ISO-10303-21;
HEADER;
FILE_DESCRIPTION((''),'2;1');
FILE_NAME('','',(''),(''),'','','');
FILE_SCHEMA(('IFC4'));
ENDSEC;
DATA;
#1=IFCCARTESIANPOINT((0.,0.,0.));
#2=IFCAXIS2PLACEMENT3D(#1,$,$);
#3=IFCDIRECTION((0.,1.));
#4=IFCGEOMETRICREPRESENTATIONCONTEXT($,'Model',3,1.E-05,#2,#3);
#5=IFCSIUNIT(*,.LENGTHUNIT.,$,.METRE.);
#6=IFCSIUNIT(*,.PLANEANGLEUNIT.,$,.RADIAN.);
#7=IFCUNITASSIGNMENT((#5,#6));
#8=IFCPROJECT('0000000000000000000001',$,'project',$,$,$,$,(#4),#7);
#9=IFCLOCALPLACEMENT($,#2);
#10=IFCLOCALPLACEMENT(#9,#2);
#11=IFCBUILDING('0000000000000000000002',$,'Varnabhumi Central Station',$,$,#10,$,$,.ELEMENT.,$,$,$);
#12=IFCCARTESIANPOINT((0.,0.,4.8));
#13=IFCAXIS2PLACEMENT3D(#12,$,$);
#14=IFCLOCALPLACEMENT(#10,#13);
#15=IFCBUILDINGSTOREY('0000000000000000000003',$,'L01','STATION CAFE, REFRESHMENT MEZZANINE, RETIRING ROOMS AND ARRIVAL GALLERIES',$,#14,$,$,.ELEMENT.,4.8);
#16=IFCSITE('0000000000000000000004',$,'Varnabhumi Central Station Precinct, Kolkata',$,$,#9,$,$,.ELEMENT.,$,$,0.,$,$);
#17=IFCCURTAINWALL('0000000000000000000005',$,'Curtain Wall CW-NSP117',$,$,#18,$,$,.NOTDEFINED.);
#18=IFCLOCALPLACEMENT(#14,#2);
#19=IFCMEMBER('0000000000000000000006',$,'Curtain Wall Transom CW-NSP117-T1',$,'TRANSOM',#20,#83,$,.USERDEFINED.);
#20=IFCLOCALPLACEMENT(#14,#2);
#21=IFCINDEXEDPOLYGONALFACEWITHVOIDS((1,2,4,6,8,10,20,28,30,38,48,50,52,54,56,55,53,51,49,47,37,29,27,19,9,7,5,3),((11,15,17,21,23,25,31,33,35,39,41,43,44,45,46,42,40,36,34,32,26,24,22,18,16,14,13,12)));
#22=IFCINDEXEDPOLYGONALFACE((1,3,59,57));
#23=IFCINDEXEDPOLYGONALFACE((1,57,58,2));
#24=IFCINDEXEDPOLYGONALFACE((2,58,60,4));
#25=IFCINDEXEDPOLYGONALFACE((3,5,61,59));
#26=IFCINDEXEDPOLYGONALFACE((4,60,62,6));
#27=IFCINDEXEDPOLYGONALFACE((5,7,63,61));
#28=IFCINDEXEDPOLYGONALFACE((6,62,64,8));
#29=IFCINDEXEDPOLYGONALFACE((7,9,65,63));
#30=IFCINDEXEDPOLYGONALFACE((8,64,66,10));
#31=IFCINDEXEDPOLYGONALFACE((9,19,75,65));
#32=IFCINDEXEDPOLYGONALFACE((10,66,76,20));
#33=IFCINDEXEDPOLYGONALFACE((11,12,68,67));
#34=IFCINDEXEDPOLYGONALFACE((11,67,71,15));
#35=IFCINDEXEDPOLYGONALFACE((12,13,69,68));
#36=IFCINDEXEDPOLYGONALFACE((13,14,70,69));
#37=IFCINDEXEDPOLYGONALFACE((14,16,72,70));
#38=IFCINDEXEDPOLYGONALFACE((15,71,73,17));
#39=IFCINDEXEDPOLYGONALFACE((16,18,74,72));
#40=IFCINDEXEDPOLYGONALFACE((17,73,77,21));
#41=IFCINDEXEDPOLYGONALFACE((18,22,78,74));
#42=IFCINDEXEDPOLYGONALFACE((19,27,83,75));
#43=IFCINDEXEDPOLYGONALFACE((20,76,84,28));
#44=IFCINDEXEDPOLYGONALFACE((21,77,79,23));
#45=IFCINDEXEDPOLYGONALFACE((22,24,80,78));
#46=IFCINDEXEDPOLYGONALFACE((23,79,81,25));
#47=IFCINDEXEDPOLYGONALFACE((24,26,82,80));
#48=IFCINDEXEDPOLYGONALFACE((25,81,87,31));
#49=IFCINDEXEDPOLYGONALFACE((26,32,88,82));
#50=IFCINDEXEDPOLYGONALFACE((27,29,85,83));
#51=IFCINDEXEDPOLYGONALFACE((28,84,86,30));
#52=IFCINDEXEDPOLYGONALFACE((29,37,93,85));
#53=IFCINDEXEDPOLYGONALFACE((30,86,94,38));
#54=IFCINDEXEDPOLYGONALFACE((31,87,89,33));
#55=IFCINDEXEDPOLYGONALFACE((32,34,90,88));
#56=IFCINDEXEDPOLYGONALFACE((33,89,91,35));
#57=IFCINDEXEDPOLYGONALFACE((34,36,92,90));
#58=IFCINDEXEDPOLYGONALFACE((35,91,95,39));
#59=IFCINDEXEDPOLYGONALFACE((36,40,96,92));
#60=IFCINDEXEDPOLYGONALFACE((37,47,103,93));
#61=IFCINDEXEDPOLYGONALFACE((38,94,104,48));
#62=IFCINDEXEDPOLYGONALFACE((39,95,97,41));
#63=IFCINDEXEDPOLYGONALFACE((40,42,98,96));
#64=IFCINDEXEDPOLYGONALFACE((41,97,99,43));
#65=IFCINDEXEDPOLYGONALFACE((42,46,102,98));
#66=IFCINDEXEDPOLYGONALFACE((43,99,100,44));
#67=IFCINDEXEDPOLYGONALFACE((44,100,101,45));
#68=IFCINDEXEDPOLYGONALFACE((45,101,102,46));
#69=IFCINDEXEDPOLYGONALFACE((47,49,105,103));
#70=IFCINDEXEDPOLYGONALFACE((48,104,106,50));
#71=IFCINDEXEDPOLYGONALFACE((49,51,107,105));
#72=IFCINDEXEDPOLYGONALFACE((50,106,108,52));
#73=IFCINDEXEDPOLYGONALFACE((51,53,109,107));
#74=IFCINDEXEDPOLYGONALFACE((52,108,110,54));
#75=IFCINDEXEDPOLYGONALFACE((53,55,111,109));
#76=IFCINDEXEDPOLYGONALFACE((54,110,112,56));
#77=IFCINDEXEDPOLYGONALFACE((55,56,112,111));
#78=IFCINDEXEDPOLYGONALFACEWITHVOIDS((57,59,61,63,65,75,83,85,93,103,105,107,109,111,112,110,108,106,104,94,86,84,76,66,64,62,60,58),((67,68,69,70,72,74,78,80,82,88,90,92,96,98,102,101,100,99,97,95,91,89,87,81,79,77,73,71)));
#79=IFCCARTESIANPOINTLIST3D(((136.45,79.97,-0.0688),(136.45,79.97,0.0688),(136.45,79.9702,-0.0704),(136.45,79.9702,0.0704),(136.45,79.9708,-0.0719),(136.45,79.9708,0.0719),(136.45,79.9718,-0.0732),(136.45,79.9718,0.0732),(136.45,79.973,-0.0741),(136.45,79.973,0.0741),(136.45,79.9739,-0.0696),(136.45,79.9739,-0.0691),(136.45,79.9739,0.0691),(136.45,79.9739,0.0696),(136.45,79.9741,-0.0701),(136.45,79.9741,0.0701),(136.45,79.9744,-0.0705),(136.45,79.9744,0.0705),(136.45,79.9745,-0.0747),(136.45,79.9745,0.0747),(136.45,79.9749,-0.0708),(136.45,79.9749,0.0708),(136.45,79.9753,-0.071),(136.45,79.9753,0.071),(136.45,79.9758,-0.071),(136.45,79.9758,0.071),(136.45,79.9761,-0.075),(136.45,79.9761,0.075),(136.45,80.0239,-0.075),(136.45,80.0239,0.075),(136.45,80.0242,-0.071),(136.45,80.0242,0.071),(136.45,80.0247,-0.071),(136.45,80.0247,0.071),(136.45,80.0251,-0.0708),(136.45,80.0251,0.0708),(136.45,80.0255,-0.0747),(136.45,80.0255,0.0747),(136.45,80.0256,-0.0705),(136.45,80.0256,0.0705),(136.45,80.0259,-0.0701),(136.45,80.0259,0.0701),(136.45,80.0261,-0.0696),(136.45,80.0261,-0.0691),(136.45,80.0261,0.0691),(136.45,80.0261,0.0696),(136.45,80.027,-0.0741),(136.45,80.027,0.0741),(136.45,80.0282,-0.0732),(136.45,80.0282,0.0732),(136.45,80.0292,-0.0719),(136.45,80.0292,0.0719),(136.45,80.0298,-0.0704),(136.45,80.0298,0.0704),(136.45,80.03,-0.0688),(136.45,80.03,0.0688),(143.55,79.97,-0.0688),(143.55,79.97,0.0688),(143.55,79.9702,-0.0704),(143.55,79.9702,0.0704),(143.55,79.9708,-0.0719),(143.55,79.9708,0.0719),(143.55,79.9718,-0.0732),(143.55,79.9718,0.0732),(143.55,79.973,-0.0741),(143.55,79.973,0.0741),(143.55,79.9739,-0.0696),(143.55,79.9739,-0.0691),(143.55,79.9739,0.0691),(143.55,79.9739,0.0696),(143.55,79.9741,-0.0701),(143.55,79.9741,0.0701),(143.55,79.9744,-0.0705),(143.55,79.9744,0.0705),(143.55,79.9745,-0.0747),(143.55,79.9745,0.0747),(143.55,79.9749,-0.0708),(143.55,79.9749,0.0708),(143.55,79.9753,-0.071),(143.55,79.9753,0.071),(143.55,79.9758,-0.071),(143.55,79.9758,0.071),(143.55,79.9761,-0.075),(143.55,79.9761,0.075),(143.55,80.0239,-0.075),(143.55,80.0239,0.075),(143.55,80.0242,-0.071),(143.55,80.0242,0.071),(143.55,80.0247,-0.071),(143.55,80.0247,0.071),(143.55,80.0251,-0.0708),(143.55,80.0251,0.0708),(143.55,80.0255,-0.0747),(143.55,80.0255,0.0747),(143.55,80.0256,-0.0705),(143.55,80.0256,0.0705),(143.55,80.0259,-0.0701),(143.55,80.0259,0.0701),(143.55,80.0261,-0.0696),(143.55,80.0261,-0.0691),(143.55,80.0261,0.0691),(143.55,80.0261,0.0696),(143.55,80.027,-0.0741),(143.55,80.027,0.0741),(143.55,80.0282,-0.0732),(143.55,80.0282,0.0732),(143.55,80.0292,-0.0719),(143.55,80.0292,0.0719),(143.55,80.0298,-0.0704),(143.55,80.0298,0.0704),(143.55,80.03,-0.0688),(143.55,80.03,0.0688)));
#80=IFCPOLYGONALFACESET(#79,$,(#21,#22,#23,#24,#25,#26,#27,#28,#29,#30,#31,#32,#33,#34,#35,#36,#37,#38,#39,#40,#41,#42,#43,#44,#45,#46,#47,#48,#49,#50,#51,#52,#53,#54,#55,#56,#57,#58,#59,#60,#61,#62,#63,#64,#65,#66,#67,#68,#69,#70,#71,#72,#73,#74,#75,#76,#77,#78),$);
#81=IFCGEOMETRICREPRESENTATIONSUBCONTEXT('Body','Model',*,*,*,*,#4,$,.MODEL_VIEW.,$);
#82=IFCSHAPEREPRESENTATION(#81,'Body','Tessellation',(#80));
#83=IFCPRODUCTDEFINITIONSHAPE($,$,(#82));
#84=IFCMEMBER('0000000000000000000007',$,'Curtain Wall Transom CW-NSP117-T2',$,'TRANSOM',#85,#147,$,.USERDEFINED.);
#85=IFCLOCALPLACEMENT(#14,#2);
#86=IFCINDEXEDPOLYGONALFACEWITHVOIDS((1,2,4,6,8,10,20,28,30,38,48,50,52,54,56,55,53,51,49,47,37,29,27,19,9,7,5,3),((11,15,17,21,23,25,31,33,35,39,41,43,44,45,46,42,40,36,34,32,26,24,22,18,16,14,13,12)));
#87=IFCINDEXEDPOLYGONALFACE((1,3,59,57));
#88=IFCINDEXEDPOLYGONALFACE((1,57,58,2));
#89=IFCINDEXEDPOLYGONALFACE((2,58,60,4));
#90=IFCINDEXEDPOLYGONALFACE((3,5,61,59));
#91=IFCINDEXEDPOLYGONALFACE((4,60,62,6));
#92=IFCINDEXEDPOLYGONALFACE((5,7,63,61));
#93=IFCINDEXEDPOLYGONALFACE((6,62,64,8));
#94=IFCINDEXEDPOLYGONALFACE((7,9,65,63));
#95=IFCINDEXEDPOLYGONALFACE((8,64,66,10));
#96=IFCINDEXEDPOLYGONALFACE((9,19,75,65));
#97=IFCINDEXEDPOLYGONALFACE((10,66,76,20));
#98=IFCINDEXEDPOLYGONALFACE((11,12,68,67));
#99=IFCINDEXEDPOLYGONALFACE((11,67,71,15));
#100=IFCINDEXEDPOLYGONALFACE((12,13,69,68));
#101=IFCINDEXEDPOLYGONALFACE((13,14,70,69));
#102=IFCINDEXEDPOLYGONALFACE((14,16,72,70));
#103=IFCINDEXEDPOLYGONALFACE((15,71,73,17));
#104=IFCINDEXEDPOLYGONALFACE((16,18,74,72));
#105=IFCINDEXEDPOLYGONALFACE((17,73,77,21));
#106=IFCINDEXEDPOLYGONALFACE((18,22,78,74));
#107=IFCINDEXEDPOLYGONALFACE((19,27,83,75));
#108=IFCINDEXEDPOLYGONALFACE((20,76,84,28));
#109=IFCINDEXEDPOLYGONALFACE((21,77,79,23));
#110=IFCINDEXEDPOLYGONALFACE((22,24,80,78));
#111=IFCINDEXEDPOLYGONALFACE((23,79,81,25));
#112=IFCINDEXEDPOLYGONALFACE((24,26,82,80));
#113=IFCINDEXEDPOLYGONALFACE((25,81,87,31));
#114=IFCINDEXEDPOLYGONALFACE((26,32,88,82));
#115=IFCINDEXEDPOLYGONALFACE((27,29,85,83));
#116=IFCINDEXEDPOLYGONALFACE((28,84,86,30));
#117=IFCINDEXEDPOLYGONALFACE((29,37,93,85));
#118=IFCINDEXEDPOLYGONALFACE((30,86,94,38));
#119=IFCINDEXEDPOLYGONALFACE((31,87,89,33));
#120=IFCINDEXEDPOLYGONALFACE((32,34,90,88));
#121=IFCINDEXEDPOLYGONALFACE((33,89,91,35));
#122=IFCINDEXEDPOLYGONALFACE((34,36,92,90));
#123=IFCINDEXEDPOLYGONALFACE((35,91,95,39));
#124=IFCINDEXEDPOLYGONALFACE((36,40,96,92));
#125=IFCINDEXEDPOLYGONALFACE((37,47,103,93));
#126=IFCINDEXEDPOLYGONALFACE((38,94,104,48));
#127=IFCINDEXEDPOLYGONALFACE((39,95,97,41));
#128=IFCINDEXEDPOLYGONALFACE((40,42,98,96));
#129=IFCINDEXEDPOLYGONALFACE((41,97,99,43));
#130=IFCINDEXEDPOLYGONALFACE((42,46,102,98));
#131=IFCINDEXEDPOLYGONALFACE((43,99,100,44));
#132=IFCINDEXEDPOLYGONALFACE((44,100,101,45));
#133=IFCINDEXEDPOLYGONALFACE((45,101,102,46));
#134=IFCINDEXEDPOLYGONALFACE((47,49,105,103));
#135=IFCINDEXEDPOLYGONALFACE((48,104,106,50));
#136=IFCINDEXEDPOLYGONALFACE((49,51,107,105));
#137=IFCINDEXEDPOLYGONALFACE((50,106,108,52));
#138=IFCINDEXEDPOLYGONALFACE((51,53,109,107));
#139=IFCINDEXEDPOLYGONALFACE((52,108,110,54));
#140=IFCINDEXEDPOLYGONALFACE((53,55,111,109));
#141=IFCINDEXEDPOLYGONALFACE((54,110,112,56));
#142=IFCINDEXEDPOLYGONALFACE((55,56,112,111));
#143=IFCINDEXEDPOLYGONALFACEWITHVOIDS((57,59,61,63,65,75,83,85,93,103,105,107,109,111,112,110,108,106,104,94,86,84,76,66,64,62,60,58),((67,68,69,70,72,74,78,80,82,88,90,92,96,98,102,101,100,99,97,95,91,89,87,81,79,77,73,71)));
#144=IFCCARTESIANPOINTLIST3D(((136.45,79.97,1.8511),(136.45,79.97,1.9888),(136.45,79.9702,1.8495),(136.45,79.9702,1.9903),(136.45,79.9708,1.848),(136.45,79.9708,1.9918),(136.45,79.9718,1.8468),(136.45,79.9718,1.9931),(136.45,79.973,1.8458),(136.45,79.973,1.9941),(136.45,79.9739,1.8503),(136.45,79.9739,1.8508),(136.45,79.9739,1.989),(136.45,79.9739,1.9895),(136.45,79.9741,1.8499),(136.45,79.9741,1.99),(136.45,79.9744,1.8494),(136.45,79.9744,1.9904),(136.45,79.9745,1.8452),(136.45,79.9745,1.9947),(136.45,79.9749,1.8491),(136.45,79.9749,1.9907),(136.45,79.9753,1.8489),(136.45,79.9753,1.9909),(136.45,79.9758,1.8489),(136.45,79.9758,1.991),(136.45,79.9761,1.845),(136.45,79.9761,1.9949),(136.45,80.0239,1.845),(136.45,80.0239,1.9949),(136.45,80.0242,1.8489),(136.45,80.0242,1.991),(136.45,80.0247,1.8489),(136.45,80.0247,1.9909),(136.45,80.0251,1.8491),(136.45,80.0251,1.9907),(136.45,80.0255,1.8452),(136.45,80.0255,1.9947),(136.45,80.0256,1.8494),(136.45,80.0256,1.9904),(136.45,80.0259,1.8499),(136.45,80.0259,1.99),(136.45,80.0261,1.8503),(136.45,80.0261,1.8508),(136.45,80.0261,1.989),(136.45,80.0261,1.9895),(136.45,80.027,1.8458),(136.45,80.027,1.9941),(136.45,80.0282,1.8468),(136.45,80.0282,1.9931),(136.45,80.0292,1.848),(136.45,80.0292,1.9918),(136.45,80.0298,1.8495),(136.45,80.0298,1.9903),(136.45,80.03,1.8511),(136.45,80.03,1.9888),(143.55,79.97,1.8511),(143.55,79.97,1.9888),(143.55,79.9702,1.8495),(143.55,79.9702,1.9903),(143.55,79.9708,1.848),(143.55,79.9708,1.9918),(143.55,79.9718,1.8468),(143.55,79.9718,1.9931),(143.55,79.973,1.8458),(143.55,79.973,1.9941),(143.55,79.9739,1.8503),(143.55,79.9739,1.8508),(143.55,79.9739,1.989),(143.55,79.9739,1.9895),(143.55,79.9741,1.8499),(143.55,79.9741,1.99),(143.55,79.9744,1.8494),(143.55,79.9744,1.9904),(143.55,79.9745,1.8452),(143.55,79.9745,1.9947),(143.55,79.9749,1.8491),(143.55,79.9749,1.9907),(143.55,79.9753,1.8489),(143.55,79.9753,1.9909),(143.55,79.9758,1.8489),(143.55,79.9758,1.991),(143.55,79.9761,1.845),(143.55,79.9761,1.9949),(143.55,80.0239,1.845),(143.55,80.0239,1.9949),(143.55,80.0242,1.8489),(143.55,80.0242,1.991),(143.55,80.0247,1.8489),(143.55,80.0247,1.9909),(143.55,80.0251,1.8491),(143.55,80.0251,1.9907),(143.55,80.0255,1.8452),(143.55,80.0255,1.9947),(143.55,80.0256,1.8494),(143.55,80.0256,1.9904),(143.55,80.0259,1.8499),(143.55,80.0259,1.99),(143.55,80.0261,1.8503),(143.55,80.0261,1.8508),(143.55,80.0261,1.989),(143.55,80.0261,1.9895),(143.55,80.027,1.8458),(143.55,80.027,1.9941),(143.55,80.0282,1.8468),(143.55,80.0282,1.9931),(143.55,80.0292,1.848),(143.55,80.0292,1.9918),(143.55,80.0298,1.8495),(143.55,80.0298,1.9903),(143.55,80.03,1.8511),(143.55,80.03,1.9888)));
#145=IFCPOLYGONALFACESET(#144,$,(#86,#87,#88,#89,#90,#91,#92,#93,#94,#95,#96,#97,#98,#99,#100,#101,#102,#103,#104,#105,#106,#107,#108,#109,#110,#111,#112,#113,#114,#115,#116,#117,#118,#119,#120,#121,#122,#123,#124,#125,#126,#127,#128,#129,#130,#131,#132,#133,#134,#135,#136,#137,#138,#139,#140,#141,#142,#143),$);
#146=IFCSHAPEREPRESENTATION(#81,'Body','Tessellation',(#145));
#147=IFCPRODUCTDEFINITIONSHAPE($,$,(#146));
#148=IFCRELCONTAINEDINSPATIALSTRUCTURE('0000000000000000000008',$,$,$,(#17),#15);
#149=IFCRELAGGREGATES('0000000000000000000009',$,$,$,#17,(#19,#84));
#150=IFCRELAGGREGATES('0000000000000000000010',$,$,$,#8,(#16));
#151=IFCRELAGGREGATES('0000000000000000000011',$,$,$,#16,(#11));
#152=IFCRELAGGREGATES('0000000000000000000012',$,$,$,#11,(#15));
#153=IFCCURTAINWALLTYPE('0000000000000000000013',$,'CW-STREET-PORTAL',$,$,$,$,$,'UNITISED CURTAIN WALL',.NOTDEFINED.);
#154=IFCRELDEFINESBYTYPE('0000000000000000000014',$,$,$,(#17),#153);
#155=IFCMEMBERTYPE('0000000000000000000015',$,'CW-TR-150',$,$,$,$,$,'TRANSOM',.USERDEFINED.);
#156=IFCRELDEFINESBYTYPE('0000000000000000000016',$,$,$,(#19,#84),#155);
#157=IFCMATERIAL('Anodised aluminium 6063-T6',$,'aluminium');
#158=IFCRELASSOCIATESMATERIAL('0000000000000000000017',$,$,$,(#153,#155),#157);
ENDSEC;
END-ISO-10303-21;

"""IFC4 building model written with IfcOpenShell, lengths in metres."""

from ifc_helpers import new_model, si_unit, direction, frame, origin, origin_2d, place, context, subcontext, project, spatial, hollow_rectangle, extrude, material, material_profile, profile_set, type_object, element, aggregate, save


model = new_model("IFC4")

# Units and contexts
model_context = context("Model", 3, precision=1e-05, world=origin(), true_north=direction((0.0, 1.0)))
body_context = subcontext(model_context, "Body", "Model", "MODEL_VIEW")
ifc_project = project(units=[si_unit("LENGTHUNIT", "METRE"), si_unit("PLANEANGLEUNIT", "RADIAN")], contexts=[model_context])

# Site, building, storey
site_placement = place(None, origin())
site = spatial("IfcSite", under=ifc_project, at=site_placement, Name="Varnabhumi Central Station Precinct, Kolkata", CompositionType="ELEMENT", RefElevation=0.0)
building_placement = place(site_placement, origin())
building = spatial("IfcBuilding", under=site, at=building_placement, Name="Varnabhumi Central Station", CompositionType="ELEMENT")
storey_placement = place(building_placement, frame((0.0, 0.0, 4.8)))
storey = spatial("IfcBuildingStorey", under=building, at=storey_placement, Name="L01", Description="STATION CAFE, REFRESHMENT MEZZANINE, RETIRING ROOMS AND ARRIVAL GALLERIES", CompositionType="ELEMENT", Elevation=4.8)

# Curtain wall
ifc_material_1 = material(Name="Anodised aluminium 6063-T6", Category="aluminium")
curtain_wall_type_1 = type_object("IfcCurtainWallType", Name="CW-STREET-PORTAL", ElementType="UNITISED CURTAIN WALL", PredefinedType="NOTDEFINED", material=ifc_material_1)
curtain_wall_1_placement = place(storey_placement, origin())
curtain_wall_1 = element("IfcCurtainWall", 1, at=curtain_wall_1_placement, inside=storey, type_object=curtain_wall_type_1, Name="Curtain Wall CW-NSP117", PredefinedType="NOTDEFINED")

# Members
ifc_material_profile_1 = material_profile(ifc_material_1, hollow_rectangle(XDim=0.0601, YDim=0.1499, WallThickness=0.0039, InnerFilletRadius=0.002, OuterFilletRadius=0.0061, at=origin_2d()), Name="Anodised aluminium 6063-T6", Category="aluminium")
ifc_profile_set_1 = profile_set([ifc_material_profile_1], Name="Anodised aluminium 6063-T6")
member_type_1 = type_object("IfcMemberType", Name="CW-TR-150", ElementType="TRANSOM", PredefinedType="USERDEFINED", material=ifc_profile_set_1)
member_1_placement = place(storey_placement, frame((136.45, 80.0, 0.0), z_axis=(1.0, 0.0, 0.0), x_axis=(0.0, 1.0, 0.0)))
member_1 = element("IfcMember", 2, at=member_1_placement, type_object=member_type_1, Name="Curtain Wall Transom CW-NSP117-T1", ObjectType="TRANSOM", PredefinedType="USERDEFINED", context=body_context, shape_type="SweptSolid", body=[
    extrude(hollow_rectangle(XDim=0.0601, YDim=0.1499, WallThickness=0.0039, InnerFilletRadius=0.002, OuterFilletRadius=0.0061, at=origin_2d()), origin(), (0.0, 0.0, 1.0), 7.1001),
])
member_2_placement = place(storey_placement, frame((136.45, 80.0, 1.9199), z_axis=(1.0, 0.0, 0.0), x_axis=(0.0, 1.0, 0.0)))
member_2 = element("IfcMember", 3, at=member_2_placement, type_object=member_type_1, Name="Curtain Wall Transom CW-NSP117-T2", ObjectType="TRANSOM", PredefinedType="USERDEFINED", context=body_context, shape_type="SweptSolid", body=[
    extrude(hollow_rectangle(XDim=0.0601, YDim=0.1499, WallThickness=0.0039, InnerFilletRadius=0.002, OuterFilletRadius=0.0061, at=origin_2d()), origin(), (0.0, 0.0, 1.0), 7.1001),
])

aggregate(curtain_wall_1, [member_1, member_2])

save(model, "model.ifc")
